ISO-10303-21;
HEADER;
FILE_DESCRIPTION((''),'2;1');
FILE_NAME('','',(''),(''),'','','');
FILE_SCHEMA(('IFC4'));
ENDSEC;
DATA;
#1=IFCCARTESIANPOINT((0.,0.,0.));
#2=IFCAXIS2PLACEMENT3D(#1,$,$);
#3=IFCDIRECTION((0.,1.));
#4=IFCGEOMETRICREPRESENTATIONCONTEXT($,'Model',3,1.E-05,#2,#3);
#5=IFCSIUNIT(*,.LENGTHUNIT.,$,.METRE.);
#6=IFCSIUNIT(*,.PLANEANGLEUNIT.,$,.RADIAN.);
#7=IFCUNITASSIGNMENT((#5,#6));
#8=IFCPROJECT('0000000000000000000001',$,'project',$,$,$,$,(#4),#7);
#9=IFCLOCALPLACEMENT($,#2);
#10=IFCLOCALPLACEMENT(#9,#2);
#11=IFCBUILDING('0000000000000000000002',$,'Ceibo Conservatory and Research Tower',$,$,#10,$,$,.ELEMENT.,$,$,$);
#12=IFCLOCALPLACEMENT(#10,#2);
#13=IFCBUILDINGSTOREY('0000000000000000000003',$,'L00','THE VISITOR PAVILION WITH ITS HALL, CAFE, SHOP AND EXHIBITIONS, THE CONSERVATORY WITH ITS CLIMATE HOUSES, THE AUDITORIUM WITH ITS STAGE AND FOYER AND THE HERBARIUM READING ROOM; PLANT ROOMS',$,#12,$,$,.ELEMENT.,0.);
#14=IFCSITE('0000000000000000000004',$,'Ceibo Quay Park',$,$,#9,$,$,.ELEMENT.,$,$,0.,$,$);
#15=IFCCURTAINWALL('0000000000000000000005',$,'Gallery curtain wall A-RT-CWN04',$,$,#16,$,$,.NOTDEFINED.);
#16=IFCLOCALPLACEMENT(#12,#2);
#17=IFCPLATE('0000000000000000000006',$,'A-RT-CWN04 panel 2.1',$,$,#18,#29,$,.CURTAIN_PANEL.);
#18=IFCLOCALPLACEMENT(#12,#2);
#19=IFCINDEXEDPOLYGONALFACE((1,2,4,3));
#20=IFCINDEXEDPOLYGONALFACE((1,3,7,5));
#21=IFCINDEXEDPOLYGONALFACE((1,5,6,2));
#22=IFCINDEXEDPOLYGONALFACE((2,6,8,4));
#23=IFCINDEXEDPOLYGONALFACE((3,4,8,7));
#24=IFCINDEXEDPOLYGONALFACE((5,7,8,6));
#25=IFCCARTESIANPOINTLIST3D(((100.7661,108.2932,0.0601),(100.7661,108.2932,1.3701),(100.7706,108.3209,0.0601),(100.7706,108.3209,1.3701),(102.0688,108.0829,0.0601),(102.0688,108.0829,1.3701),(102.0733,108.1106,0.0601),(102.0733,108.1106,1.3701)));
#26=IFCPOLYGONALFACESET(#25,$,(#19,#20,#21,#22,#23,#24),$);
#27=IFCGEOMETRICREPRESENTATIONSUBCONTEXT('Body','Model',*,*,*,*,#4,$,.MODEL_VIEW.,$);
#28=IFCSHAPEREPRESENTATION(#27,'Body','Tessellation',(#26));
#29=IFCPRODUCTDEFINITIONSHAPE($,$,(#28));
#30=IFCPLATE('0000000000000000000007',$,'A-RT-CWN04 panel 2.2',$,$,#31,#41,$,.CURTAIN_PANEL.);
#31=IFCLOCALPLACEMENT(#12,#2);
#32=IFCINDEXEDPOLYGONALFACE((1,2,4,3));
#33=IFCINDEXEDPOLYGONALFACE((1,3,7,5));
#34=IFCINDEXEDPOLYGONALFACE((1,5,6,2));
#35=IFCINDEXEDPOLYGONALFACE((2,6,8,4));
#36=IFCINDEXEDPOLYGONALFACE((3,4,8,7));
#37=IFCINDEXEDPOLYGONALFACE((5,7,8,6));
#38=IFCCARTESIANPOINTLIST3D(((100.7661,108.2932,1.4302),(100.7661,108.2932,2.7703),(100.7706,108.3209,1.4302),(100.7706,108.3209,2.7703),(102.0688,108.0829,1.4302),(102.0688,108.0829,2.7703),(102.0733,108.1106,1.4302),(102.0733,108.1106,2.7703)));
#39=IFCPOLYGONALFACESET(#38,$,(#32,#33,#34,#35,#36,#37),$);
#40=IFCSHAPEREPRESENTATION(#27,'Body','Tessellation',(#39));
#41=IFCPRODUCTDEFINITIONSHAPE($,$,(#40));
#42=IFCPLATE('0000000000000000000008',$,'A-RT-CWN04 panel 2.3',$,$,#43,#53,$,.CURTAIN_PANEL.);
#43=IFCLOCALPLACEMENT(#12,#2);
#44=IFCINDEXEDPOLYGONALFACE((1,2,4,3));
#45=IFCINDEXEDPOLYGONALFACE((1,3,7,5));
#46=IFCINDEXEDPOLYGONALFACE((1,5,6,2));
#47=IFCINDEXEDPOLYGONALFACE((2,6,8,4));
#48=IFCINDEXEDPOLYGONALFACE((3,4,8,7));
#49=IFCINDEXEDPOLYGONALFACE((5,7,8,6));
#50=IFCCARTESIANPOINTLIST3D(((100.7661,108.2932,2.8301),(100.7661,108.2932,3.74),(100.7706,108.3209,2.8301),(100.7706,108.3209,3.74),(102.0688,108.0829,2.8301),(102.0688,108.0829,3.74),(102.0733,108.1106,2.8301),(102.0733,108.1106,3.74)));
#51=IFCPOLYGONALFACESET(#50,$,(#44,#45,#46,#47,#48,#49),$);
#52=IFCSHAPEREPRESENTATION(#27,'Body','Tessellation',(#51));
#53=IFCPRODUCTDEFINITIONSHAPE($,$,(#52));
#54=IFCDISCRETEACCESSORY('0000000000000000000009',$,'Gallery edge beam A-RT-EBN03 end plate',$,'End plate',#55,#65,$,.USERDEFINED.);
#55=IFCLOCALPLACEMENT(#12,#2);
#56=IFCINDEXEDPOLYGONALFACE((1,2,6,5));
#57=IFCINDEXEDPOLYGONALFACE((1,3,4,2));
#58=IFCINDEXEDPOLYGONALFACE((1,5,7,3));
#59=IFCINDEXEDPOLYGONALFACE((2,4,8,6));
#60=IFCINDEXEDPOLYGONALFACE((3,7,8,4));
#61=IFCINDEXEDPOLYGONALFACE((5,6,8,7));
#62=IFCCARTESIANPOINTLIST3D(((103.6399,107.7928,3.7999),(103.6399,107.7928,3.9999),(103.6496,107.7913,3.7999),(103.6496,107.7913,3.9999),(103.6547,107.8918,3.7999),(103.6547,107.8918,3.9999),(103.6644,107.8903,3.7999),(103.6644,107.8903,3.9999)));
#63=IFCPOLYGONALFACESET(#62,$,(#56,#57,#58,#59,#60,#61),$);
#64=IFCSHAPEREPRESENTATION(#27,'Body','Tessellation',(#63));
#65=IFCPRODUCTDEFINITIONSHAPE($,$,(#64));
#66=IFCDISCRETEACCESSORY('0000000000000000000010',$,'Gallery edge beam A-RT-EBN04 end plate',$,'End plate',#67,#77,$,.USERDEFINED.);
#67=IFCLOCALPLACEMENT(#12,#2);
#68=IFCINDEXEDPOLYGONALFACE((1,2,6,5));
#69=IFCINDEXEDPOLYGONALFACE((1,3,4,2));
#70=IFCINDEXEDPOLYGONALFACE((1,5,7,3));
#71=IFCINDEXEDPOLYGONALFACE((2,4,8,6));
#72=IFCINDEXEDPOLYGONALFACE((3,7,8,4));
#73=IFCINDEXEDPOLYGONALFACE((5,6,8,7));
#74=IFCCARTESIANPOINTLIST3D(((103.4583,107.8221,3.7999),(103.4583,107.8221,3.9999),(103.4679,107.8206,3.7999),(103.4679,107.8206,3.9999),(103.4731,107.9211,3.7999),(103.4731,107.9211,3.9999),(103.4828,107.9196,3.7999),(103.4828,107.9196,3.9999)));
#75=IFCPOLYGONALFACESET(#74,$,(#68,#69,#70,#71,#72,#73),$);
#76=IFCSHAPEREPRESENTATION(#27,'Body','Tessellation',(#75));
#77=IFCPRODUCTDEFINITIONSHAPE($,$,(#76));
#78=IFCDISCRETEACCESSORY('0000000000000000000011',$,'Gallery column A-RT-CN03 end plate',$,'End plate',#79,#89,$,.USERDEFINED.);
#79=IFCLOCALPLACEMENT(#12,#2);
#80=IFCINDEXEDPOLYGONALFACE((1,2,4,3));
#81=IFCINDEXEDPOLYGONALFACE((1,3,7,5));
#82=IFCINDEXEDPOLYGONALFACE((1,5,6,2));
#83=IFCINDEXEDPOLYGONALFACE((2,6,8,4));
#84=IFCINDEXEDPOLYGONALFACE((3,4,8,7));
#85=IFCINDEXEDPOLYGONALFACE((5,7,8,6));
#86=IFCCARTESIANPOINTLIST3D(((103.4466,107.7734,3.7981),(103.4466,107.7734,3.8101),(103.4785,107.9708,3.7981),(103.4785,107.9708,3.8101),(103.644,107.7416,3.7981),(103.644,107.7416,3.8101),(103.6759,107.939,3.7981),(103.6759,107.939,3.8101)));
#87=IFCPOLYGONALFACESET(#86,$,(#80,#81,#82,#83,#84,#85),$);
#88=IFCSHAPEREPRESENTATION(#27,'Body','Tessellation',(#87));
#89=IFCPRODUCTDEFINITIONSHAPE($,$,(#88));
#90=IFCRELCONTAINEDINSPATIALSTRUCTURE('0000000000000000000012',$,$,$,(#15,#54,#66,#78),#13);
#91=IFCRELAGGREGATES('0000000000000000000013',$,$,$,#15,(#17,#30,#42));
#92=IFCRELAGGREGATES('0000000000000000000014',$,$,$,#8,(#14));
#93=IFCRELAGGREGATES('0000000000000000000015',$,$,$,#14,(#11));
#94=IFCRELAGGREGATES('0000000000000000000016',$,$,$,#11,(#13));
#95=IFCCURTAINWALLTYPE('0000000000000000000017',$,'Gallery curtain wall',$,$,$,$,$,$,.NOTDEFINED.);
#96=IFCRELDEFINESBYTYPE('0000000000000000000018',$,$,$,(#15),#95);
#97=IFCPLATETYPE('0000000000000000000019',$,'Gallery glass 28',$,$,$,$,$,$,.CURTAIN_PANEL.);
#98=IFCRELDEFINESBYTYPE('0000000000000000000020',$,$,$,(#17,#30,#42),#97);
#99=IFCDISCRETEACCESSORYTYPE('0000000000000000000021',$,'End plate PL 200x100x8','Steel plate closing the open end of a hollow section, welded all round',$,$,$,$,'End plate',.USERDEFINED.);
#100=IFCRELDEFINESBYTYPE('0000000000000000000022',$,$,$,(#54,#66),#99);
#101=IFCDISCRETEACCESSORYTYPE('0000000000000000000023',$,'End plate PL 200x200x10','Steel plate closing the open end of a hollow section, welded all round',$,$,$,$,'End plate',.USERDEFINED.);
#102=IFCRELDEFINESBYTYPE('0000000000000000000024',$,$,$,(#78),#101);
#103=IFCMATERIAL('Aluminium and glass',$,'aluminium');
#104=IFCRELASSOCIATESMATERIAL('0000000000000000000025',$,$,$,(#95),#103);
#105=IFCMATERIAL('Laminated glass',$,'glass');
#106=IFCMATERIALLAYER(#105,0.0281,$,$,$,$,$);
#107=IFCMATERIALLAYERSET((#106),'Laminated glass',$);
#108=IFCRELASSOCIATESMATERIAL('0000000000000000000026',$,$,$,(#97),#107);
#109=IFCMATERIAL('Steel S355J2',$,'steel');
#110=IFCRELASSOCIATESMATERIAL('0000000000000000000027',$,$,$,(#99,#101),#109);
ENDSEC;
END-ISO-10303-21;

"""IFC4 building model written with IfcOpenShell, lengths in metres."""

from ifc_helpers import new_model, si_unit, direction, frame, origin, origin_2d, place, context, subcontext, project, spatial, rectangle, extrude, material, layer, layer_set, material_profile, profile_set, type_object, element, aggregate, save


model = new_model("IFC4")

# Units and contexts
model_context = context("Model", 3, precision=1e-05, world=origin(), true_north=direction((0.0, 1.0)))
body_context = subcontext(model_context, "Body", "Model", "MODEL_VIEW")
ifc_project = project(units=[si_unit("LENGTHUNIT", "METRE"), si_unit("PLANEANGLEUNIT", "RADIAN")], contexts=[model_context])

# Site, building, storey
site_placement = place(None, origin())
site = spatial("IfcSite", under=ifc_project, at=site_placement, Name="Ceibo Quay Park", CompositionType="ELEMENT", RefElevation=0.0)
building_placement = place(site_placement, origin())
building = spatial("IfcBuilding", under=site, at=building_placement, Name="Ceibo Conservatory and Research Tower", CompositionType="ELEMENT")
storey_placement = place(building_placement, origin())
storey = spatial("IfcBuildingStorey", under=building, at=storey_placement, Name="L00", Description="THE VISITOR PAVILION WITH ITS HALL, CAFE, SHOP AND EXHIBITIONS, THE CONSERVATORY WITH ITS CLIMATE HOUSES, THE AUDITORIUM WITH ITS STAGE AND FOYER AND THE HERBARIUM READING ROOM; PLANT ROOMS", CompositionType="ELEMENT", Elevation=0.0)

# Curtain wall
ifc_material_1 = material(Name="Aluminium and glass", Category="aluminium")
curtain_wall_type = type_object("IfcCurtainWallType", Name="Gallery curtain wall", PredefinedType="NOTDEFINED", material=ifc_material_1)
curtain_wall_1_placement = place(storey_placement, origin())
curtain_wall_1 = element("IfcCurtainWall", 1, at=curtain_wall_1_placement, inside=storey, type_object=curtain_wall_type, Name="Gallery curtain wall A-RT-CWN04", PredefinedType="NOTDEFINED")

# Shared definitions
ifc_material_2 = material(Name="Steel S355J2", Category="steel")

# Plates
ifc_material_3 = material(Name="Laminated glass", Category="glass")
ifc_layer = layer(ifc_material_3, 0.0281)
ifc_layer_set = layer_set([ifc_layer], Name="Laminated glass")
plate_type = type_object("IfcPlateType", Name="Gallery glass 28", PredefinedType="CURTAIN_PANEL", material=ifc_layer_set)
plate_1_placement = place(storey_placement, frame((101.4197, 108.2019, 0.0601), z_axis=(0.0, 0.0, 1.0), x_axis=(-0.987216, 0.159391, 0.0)))
plate_1 = element("IfcPlate", 2, at=plate_1_placement, type_object=plate_type, Name="A-RT-CWN04 panel 2.1", PredefinedType="CURTAIN_PANEL", context=body_context, shape_type="SweptSolid", body=[
    extrude(rectangle(XDim=1.3196, YDim=0.0281, at=origin_2d()), origin(), (0.0, 0.0, 1.0), 1.3101),
])
plate_2_placement = place(storey_placement, frame((101.4197, 108.2019, 1.4302), z_axis=(0.0, 0.0, 1.0), x_axis=(-0.987216, 0.159391, 0.0)))
plate_2 = element("IfcPlate", 3, at=plate_2_placement, type_object=plate_type, Name="A-RT-CWN04 panel 2.2", PredefinedType="CURTAIN_PANEL", context=body_context, shape_type="SweptSolid", body=[
    extrude(rectangle(XDim=1.3196, YDim=0.0281, at=origin_2d()), origin(), (0.0, 0.0, 1.0), 1.3401),
])
plate_3_placement = place(storey_placement, frame((101.4197, 108.2019, 2.8301), z_axis=(0.0, 0.0, 1.0), x_axis=(-0.987216, 0.159391, 0.0)))
plate_3 = element("IfcPlate", 4, at=plate_3_placement, type_object=plate_type, Name="A-RT-CWN04 panel 2.3", PredefinedType="CURTAIN_PANEL", context=body_context, shape_type="SweptSolid", body=[
    extrude(rectangle(XDim=1.3196, YDim=0.0281, at=origin_2d()), origin(), (0.0, 0.0, 1.0), 0.9099),
])
aggregate(curtain_wall_1, [plate_1, plate_2, plate_3])

# Discrete accessories
ifc_material_profile_1 = material_profile(ifc_material_2, rectangle(XDim=0.1001, YDim=0.2, at=origin_2d()), Name="End plate PL 200x100x8")
ifc_profile_set_1 = profile_set([ifc_material_profile_1], Name="Steel S355J2")
discrete_accessory_type_1 = type_object("IfcDiscreteAccessoryType", Name="End plate PL 200x100x8", Description="Steel plate closing the open end of a hollow section, welded all round", ElementType="End plate", PredefinedType="USERDEFINED", material=ifc_profile_set_1)
for number, where, z_axis, x_axis, name in (
    (5, (103.657, 107.8408, 3.8999), (-0.988936, 0.14834, 0.0), (-0.14834, -0.988936, 0.0), "Gallery edge beam A-RT-EBN03 end plate"),
    (6, (103.4753, 107.8701, 3.8999), (-0.988936, 0.14834, 0.0), (-0.14834, -0.988936, 0.0), "Gallery edge beam A-RT-EBN04 end plate"),
):
    element("IfcDiscreteAccessory", number, at=place(storey_placement, frame(where, z_axis=z_axis, x_axis=x_axis)), inside=storey, type_object=discrete_accessory_type_1, Name=name, ObjectType="End plate", PredefinedType="USERDEFINED", context=body_context, shape_type="SweptSolid", body=[
        extrude(rectangle(XDim=0.1001, YDim=0.2, at=origin_2d()), origin(), (0.0, 0.0, 1.0), 0.0098),
    ])
ifc_material_profile_2 = material_profile(ifc_material_2, rectangle(XDim=0.2, YDim=0.2, at=origin_2d()), Name="End plate PL 200x200x10")
ifc_profile_set_2 = profile_set([ifc_material_profile_2], Name="Steel S355J2")
discrete_accessory_type_2 = type_object("IfcDiscreteAccessoryType", Name="End plate PL 200x200x10", Description="Steel plate closing the open end of a hollow section, welded all round", ElementType="End plate", PredefinedType="USERDEFINED", material=ifc_profile_set_2)
discrete_accessory_placement = place(storey_placement, frame((103.5613, 107.8562, 3.7981), z_axis=(0.0, 0.0, 1.0), x_axis=(-0.987216, 0.159391, 0.0)))
element("IfcDiscreteAccessory", 7, at=discrete_accessory_placement, inside=storey, type_object=discrete_accessory_type_2, Name="Gallery column A-RT-CN03 end plate", ObjectType="End plate", PredefinedType="USERDEFINED", context=body_context, shape_type="SweptSolid", body=[
    extrude(rectangle(XDim=0.2, YDim=0.2, at=origin_2d()), origin(), (0.0, 0.0, 1.0), 0.012),
])

save(model, "model.ifc")
